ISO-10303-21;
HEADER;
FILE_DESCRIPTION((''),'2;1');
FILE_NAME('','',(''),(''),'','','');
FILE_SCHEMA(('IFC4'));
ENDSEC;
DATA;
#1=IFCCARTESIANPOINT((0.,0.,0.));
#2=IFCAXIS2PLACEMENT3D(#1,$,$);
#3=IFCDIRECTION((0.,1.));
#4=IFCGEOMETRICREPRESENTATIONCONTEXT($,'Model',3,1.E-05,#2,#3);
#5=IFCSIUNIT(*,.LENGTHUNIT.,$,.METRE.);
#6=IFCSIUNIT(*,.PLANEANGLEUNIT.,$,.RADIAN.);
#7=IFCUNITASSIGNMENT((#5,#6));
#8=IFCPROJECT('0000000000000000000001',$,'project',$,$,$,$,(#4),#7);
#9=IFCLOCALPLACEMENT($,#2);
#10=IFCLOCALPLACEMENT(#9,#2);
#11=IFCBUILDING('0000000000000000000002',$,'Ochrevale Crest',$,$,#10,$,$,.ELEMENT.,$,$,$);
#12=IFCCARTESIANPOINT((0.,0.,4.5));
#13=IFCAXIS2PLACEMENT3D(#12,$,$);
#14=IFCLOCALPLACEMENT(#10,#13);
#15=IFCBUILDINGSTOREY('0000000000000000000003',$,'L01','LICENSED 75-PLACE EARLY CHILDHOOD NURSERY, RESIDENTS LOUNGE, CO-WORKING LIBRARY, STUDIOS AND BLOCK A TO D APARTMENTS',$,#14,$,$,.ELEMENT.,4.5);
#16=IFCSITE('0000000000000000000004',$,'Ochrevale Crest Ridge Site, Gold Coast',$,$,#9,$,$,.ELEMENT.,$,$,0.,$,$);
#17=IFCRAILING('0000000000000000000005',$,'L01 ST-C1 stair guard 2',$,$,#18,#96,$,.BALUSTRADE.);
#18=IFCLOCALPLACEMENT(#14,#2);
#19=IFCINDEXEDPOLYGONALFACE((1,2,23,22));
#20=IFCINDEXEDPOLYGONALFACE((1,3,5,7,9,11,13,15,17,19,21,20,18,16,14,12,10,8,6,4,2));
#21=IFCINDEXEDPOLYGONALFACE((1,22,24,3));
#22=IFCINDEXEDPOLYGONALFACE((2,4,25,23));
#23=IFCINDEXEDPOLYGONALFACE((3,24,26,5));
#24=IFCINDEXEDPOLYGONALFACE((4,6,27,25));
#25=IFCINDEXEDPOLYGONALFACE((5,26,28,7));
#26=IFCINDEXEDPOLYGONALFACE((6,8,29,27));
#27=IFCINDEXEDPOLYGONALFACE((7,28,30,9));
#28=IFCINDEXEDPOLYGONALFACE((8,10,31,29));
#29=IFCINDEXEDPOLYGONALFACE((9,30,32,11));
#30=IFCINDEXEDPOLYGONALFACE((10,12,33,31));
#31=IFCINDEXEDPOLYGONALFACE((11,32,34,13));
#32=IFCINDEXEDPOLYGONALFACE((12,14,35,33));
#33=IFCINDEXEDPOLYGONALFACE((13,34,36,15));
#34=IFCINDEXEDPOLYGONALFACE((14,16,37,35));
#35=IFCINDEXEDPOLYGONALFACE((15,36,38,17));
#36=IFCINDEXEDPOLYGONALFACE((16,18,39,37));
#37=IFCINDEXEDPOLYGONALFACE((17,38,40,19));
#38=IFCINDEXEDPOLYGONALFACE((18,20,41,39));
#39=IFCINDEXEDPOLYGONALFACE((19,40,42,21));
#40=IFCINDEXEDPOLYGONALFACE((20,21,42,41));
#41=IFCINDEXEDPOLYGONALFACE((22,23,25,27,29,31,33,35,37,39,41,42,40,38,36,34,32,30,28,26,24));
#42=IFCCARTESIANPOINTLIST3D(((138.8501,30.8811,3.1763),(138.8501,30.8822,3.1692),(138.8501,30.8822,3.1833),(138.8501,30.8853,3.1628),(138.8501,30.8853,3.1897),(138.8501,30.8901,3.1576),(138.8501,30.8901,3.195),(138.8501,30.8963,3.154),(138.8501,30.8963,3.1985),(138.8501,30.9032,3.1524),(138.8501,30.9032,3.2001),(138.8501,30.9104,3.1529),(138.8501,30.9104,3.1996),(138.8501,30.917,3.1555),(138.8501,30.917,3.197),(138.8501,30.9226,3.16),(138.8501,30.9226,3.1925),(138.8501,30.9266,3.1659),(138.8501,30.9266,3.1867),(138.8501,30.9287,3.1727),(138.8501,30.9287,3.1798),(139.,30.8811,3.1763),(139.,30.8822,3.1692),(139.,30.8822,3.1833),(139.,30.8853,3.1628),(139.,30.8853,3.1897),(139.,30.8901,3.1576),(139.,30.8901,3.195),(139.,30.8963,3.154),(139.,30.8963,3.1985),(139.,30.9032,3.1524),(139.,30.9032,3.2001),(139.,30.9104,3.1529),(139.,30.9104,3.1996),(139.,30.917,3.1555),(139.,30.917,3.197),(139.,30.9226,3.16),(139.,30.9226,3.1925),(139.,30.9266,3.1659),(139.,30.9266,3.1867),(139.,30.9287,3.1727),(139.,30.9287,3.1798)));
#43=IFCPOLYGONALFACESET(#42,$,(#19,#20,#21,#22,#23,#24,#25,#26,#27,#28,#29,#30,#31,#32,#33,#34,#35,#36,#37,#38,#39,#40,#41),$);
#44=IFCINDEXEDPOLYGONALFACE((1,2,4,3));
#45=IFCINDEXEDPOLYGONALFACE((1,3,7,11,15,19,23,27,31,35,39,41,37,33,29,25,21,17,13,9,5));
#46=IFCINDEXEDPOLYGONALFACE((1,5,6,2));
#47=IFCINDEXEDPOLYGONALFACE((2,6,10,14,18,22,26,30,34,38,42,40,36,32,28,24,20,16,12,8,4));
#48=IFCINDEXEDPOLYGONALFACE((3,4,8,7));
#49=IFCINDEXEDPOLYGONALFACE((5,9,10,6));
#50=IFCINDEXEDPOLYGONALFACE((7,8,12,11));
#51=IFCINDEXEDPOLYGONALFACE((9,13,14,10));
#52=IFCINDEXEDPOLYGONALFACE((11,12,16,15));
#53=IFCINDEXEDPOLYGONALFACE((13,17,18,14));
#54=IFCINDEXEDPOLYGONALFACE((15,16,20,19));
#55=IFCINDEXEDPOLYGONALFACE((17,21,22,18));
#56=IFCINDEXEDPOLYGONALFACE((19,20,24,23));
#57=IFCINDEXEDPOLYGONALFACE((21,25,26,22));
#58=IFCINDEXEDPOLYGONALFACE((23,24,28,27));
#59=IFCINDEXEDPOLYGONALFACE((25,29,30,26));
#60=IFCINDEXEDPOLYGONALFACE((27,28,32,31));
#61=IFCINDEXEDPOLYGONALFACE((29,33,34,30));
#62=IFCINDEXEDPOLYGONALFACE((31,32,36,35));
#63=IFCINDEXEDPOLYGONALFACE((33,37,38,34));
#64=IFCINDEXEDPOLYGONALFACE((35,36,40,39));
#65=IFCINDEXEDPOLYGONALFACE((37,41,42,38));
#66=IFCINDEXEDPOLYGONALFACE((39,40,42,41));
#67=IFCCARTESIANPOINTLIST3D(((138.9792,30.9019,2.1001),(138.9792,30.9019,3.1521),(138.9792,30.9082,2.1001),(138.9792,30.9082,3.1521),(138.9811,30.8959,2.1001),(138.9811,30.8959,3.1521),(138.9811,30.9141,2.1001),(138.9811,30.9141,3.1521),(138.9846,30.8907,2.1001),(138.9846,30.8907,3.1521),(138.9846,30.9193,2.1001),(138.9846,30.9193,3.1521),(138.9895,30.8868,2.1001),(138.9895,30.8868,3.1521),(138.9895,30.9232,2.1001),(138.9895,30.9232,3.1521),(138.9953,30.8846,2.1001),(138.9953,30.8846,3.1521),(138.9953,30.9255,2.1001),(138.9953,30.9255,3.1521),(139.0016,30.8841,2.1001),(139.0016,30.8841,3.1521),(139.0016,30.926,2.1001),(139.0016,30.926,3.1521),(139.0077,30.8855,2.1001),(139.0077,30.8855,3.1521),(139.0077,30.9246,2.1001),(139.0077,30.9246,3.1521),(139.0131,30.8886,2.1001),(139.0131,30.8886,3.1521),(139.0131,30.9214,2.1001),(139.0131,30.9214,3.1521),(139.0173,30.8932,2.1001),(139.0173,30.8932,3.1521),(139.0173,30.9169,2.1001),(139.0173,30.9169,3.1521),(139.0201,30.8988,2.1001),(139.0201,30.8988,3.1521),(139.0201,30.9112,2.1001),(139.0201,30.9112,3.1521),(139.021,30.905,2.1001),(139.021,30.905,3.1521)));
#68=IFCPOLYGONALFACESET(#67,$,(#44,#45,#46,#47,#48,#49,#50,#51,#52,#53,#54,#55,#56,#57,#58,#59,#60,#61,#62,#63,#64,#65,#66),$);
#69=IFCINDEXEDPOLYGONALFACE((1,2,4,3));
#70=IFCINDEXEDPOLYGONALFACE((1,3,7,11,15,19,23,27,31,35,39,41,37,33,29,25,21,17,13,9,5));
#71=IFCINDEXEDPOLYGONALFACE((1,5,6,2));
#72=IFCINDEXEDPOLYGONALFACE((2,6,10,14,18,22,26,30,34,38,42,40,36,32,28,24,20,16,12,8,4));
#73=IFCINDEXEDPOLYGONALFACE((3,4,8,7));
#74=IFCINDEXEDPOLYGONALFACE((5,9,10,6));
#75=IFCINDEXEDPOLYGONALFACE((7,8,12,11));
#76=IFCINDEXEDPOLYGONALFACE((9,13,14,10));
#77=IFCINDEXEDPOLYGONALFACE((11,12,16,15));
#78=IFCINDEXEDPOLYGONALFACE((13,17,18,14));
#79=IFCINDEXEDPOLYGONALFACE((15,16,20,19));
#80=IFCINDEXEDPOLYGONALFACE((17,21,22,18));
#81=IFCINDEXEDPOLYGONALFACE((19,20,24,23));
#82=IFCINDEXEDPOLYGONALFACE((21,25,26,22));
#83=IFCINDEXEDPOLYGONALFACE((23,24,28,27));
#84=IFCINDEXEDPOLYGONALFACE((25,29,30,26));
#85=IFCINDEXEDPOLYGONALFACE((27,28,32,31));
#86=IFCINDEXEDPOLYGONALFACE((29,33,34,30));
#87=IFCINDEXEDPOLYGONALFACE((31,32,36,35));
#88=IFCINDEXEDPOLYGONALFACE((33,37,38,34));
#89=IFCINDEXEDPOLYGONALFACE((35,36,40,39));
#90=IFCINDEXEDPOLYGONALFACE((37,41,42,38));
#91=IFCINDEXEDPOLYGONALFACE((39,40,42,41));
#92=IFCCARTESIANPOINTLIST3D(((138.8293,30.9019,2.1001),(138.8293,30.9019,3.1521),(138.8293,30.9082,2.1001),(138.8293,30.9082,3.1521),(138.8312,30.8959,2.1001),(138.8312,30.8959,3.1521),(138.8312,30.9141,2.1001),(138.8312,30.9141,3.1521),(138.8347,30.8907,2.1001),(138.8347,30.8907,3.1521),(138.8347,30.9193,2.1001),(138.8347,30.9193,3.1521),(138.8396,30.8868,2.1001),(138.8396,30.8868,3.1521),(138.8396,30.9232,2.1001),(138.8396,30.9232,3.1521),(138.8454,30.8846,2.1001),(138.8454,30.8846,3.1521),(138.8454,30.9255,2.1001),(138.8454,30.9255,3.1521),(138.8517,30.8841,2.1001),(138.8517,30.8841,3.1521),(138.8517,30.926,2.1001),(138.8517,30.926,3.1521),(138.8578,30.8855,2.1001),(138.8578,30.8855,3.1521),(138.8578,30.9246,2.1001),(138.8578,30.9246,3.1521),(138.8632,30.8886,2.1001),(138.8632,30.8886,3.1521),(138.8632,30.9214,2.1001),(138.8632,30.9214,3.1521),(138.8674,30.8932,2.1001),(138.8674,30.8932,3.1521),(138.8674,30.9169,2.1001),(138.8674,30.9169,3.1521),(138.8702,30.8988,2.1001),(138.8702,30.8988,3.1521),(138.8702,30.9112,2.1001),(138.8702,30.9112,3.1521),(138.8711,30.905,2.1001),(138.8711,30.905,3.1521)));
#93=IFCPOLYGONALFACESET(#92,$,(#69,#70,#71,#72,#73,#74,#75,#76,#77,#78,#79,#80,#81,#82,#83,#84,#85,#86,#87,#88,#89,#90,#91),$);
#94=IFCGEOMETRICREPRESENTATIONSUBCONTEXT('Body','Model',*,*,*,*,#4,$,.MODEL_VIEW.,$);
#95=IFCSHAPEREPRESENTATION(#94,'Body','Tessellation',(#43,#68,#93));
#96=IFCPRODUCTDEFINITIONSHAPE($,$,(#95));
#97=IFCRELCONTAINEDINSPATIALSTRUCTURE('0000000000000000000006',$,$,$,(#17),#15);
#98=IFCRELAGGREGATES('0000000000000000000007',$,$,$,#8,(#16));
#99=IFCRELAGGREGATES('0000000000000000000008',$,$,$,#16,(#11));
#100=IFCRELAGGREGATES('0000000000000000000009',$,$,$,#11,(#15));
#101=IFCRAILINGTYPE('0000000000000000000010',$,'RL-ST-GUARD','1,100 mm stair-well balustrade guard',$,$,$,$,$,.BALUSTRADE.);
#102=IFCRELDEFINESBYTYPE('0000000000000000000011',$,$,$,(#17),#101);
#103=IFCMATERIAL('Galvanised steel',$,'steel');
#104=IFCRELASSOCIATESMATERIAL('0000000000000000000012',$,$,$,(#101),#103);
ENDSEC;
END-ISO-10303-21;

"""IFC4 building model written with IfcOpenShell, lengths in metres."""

from ifc_helpers import new_model, si_unit, direction, frame, origin, origin_2d, place, context, subcontext, project, spatial, circle, extrude, material, type_object, element, save


model = new_model("IFC4")

# Units and contexts
model_context = context("Model", 3, precision=1e-05, world=origin(), true_north=direction((0.0, 1.0)))
body_context = subcontext(model_context, "Body", "Model", "MODEL_VIEW")
ifc_project = project(units=[si_unit("LENGTHUNIT", "METRE"), si_unit("PLANEANGLEUNIT", "RADIAN")], contexts=[model_context])

# Site, building, storey
site_placement = place(None, origin())
site = spatial("IfcSite", under=ifc_project, at=site_placement, Name="Ochrevale Crest Ridge Site, Gold Coast", CompositionType="ELEMENT", RefElevation=0.0)
building_placement = place(site_placement, origin())
building = spatial("IfcBuilding", under=site, at=building_placement, Name="Ochrevale Crest", CompositionType="ELEMENT")
storey_placement = place(building_placement, frame((0.0, 0.0, 4.5)))
storey = spatial("IfcBuildingStorey", under=building, at=storey_placement, Name="L01", Description="LICENSED 75-PLACE EARLY CHILDHOOD NURSERY, RESIDENTS LOUNGE, CO-WORKING LIBRARY, STUDIOS AND BLOCK A TO D APARTMENTS", CompositionType="ELEMENT", Elevation=4.5)

# Railing
ifc_material_1 = material(Name="Galvanised steel", Category="steel")
railing_type_1 = type_object("IfcRailingType", Name="RL-ST-GUARD", Description="1,100 mm stair-well balustrade guard", PredefinedType="BALUSTRADE", material=ifc_material_1)
railing_1_placement = place(storey_placement, frame((139.0, 30.905, 2.1001)))
element("IfcRailing", 1, at=railing_1_placement, inside=storey, type_object=railing_type_1, Name="L01 ST-C1 stair guard 2", PredefinedType="BALUSTRADE", context=body_context, shape_type="SweptSolid", body=[
    extrude(circle(Radius=0.0239, at=origin_2d()), frame((0.0, 0.0, 1.0762), z_axis=(-1.0, 0.0, 0.0), x_axis=(0.0, -1.0, 0.0)), (0.0, 0.0, 1.0), 0.1499),
    extrude(circle(Radius=0.021, at=origin_2d()), origin(), (0.0, 0.0, 1.0), 1.052),
    extrude(circle(Radius=0.021, at=origin_2d()), frame((-0.1499, 0.0, 0.0)), (0.0, 0.0, 1.0), 1.052),
])

save(model, "model.ifc")
